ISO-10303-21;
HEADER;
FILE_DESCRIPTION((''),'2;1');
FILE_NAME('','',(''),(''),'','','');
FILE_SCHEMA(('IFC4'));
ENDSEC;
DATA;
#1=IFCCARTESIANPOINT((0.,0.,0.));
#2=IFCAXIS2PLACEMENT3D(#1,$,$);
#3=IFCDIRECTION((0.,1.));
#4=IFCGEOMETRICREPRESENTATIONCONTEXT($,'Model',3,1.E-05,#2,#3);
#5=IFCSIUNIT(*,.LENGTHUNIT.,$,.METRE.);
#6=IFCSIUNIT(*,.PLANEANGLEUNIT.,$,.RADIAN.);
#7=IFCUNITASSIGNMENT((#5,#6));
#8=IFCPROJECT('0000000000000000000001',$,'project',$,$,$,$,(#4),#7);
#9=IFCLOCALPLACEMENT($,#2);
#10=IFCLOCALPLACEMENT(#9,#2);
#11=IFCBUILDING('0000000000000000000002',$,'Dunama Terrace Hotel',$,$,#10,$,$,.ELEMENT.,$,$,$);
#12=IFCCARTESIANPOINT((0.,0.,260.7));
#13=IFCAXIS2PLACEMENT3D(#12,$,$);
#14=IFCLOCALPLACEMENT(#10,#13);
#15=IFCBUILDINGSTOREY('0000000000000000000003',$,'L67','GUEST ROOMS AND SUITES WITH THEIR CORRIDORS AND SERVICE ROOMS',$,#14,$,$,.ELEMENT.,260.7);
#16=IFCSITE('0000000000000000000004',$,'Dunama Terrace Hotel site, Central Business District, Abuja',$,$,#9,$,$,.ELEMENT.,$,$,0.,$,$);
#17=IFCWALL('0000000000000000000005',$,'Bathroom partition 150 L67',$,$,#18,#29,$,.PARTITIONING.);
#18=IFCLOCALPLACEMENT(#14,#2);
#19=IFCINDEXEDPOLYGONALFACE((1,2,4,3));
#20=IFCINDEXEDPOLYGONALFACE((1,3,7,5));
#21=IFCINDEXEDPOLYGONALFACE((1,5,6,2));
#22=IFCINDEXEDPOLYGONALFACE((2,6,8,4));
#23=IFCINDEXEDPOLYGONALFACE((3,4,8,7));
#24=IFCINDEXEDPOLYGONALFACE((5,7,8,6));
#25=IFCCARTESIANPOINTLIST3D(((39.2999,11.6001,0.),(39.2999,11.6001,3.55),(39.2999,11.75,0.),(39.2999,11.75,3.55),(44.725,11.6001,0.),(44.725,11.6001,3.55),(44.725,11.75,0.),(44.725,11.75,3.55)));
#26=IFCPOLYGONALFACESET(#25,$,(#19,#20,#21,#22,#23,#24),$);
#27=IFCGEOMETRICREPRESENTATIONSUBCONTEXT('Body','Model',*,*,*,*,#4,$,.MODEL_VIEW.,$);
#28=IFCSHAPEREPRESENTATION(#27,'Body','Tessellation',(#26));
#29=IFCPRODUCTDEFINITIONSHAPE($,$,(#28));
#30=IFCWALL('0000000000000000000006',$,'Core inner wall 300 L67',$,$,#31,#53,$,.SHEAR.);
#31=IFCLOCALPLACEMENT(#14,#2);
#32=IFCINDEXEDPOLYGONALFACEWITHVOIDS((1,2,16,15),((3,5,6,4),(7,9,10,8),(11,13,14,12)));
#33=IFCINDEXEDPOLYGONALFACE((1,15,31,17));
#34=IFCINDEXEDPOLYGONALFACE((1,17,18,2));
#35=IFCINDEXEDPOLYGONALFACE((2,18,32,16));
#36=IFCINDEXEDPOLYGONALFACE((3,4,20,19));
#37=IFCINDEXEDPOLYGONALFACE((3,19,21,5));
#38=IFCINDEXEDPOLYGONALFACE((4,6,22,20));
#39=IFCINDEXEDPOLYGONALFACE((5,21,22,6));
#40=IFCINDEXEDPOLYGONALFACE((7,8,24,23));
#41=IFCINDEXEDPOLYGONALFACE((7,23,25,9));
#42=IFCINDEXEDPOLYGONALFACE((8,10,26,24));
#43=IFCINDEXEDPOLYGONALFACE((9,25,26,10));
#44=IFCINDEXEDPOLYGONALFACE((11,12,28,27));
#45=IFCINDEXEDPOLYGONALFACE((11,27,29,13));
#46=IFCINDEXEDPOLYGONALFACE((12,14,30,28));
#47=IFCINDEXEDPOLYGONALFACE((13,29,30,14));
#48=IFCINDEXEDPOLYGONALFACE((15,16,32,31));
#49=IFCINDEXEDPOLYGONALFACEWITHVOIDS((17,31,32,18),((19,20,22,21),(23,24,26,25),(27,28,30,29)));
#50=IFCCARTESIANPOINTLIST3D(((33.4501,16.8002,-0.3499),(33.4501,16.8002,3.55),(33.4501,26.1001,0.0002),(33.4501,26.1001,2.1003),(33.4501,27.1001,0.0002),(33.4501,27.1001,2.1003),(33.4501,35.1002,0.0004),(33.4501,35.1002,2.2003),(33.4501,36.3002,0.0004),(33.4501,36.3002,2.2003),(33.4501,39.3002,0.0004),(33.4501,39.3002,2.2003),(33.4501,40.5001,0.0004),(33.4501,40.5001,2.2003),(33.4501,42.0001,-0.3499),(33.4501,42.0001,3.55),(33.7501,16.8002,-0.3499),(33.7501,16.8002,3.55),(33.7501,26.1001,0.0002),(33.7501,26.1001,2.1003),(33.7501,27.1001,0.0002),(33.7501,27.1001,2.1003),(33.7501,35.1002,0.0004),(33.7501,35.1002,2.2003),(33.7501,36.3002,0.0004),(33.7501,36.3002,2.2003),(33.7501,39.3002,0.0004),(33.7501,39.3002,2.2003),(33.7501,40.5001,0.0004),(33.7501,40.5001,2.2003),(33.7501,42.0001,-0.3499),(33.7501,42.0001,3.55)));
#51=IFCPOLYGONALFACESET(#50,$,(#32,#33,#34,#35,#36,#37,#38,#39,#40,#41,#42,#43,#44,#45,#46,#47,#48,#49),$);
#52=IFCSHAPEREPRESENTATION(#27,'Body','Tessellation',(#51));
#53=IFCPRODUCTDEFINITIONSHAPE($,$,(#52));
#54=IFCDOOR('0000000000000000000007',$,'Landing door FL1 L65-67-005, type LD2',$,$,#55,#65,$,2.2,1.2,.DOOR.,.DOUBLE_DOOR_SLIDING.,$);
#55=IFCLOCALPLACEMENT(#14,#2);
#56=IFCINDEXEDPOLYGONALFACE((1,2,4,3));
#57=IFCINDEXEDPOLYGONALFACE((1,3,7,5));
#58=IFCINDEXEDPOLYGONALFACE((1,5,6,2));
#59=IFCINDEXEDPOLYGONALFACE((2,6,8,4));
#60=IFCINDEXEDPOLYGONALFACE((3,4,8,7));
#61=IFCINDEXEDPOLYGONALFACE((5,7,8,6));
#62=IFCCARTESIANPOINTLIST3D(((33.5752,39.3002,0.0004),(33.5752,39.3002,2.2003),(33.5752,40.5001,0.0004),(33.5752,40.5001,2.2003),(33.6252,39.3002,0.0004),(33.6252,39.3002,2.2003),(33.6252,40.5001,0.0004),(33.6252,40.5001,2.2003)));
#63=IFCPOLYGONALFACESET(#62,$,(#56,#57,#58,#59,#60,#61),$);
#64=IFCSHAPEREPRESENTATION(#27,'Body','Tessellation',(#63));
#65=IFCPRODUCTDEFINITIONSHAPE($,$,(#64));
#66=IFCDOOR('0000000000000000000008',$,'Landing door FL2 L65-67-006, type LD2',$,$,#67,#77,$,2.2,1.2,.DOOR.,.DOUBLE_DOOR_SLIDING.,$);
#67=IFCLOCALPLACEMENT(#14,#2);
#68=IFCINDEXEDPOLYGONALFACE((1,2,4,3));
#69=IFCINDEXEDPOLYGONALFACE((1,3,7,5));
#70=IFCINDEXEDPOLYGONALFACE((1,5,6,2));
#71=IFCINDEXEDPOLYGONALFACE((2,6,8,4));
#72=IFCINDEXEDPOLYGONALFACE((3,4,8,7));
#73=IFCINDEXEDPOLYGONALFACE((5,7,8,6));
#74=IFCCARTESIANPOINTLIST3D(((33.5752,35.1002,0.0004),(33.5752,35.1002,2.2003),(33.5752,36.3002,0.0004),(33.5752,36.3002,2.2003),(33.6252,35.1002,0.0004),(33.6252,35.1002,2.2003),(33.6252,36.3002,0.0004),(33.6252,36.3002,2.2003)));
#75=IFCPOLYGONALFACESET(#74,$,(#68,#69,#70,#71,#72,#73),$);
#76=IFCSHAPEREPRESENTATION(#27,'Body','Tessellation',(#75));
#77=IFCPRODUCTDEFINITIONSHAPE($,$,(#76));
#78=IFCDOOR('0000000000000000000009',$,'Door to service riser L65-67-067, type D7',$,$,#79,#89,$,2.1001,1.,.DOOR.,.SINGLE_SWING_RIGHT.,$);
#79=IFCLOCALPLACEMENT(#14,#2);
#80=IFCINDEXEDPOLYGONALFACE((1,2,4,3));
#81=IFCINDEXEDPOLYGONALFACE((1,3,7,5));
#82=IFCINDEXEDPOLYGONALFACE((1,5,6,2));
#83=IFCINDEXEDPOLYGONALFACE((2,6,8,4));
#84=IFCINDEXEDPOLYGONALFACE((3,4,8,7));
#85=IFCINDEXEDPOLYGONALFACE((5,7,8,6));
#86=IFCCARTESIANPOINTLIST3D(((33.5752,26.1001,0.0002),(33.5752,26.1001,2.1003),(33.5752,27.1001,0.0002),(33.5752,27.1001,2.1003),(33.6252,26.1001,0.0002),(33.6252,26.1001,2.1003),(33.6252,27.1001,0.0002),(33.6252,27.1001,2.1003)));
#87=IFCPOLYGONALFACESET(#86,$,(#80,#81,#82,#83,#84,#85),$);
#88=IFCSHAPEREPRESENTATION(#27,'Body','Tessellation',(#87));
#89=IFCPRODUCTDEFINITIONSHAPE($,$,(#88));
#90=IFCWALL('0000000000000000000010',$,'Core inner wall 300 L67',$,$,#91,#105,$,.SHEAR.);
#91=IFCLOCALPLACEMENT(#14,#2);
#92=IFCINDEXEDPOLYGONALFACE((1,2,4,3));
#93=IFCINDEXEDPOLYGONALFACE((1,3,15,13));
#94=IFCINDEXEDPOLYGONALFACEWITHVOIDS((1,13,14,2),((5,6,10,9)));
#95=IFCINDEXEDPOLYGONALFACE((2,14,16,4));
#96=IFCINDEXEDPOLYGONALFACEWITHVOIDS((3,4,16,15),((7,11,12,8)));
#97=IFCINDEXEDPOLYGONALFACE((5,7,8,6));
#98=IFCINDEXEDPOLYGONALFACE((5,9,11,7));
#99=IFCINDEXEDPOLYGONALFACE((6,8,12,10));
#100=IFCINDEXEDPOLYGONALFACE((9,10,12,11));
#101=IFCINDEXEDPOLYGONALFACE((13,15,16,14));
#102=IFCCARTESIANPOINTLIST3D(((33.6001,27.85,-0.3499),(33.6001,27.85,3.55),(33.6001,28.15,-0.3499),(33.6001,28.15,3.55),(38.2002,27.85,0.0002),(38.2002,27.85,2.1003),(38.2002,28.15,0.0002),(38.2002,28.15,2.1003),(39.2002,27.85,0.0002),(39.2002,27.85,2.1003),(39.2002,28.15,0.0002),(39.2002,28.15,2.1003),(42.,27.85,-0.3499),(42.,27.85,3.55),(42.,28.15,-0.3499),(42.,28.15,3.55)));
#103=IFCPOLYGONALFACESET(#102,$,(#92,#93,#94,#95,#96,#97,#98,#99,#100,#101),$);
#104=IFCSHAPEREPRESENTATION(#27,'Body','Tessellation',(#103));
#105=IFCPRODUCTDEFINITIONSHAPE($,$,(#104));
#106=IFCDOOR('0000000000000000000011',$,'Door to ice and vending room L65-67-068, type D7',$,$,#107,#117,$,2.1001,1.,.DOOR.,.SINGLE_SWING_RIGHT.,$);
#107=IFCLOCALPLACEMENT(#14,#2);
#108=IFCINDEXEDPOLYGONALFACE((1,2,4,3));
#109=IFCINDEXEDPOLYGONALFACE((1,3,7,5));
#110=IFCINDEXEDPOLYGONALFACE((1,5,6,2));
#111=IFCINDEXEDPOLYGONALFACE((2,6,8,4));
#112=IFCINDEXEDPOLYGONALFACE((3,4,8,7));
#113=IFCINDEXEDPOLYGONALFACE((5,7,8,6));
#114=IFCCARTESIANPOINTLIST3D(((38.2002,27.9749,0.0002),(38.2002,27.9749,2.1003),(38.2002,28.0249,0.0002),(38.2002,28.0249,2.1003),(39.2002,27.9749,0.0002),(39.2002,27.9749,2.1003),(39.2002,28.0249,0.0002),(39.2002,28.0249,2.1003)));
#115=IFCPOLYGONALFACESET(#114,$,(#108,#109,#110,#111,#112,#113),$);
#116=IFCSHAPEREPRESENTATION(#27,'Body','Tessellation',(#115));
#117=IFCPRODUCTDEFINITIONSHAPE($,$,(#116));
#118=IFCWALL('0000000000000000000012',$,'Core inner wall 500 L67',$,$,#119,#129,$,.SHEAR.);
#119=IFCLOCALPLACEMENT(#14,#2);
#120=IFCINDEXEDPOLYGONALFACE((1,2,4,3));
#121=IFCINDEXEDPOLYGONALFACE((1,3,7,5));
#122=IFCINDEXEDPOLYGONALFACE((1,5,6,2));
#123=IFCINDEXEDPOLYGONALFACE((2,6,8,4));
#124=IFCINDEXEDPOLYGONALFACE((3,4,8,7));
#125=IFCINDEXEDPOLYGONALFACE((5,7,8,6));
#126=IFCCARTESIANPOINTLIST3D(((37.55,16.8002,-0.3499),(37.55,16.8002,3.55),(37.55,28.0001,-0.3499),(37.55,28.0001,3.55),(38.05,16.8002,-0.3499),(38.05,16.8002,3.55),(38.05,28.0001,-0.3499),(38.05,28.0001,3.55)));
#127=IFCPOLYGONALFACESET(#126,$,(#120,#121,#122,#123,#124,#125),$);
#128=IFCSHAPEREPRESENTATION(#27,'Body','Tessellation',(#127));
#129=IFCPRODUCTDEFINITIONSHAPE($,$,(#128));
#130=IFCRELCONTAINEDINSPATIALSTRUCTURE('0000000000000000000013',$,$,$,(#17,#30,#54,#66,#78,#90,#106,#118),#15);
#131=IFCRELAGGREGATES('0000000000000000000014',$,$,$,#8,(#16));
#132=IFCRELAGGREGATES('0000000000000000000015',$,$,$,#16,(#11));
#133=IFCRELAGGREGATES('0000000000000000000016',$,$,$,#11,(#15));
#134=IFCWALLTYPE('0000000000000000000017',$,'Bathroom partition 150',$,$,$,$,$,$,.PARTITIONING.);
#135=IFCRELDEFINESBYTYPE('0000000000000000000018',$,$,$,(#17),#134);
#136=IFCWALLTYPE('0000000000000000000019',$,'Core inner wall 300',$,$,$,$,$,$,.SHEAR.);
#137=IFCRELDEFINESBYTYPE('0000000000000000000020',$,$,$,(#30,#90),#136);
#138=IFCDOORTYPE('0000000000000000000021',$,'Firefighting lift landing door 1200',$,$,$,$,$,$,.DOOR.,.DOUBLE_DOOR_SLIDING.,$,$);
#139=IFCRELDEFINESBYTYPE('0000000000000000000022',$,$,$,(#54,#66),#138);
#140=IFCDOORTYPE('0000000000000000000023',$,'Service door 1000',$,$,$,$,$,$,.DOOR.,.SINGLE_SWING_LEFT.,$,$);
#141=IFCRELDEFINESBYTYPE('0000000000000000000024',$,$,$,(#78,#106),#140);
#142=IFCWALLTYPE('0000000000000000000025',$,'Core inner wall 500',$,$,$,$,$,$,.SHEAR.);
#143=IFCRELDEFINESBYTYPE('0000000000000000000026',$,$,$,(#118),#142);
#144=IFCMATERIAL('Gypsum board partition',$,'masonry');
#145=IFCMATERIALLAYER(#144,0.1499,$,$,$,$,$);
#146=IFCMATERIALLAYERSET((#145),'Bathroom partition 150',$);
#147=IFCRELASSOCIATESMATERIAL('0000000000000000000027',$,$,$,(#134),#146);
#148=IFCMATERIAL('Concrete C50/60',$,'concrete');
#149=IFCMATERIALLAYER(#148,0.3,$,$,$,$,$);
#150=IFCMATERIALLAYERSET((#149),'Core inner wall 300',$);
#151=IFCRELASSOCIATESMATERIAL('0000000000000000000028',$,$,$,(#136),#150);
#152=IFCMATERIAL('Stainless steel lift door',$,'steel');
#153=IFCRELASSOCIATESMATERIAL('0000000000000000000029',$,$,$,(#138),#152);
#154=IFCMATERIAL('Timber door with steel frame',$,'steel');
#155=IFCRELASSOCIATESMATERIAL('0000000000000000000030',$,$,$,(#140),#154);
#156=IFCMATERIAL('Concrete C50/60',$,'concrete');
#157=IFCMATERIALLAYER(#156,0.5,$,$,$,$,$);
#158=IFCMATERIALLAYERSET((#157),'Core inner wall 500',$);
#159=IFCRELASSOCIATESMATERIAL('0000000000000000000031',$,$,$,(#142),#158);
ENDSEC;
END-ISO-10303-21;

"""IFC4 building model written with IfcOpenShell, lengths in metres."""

from ifc_helpers import new_model, si_unit, direction, frame, frame_2d, origin, place, context, subcontext, project, spatial, rectangle, extrude, material, layer, layer_set, type_object, element, fill, save


model = new_model("IFC4")

# Units and contexts
model_context = context("Model", 3, precision=1e-05, world=origin(), true_north=direction((0.0, 1.0)))
body_context = subcontext(model_context, "Body", "Model", "MODEL_VIEW")
ifc_project = project(units=[si_unit("LENGTHUNIT", "METRE"), si_unit("PLANEANGLEUNIT", "RADIAN")], contexts=[model_context])

# Site, building, storey
site_placement = place(None, origin())
site = spatial("IfcSite", under=ifc_project, at=site_placement, Name="Dunama Terrace Hotel site, Central Business District, Abuja", CompositionType="ELEMENT", RefElevation=0.0)
building_placement = place(site_placement, origin())
building = spatial("IfcBuilding", under=site, at=building_placement, Name="Dunama Terrace Hotel", CompositionType="ELEMENT")
storey_placement = place(building_placement, frame((0.0, 0.0, 260.7)))
storey = spatial("IfcBuildingStorey", under=building, at=storey_placement, Name="L67", Description="GUEST ROOMS AND SUITES WITH THEIR CORRIDORS AND SERVICE ROOMS", CompositionType="ELEMENT", Elevation=260.7)

# Wall
ifc_material_1 = material(Name="Gypsum board partition", Category="masonry")
ifc_layer_1 = layer(ifc_material_1, 0.1499)
ifc_layer_set_1 = layer_set([ifc_layer_1], Name="Bathroom partition 150")
wall_type_1 = type_object("IfcWallType", Name="Bathroom partition 150", PredefinedType="PARTITIONING", material=ifc_layer_set_1)
wall_1_placement = place(storey_placement, frame((39.3, 11.675, 0.0), z_axis=(0.0, 0.0, 1.0), x_axis=(1.0, 0.0, 0.0)))
element("IfcWall", 1, at=wall_1_placement, inside=storey, type_object=wall_type_1, Name="Bathroom partition 150 L67", PredefinedType="PARTITIONING", context=body_context, shape_type="SweptSolid", body=[
    extrude(rectangle(XDim=5.425, YDim=0.1499, at=frame_2d((2.7124, 0.0))), origin(), (0.0, 0.0, 1.0), 3.55),
])

# Wall, openings, doors
ifc_material_2 = material(Name="Concrete C50/60", Category="concrete")
ifc_layer_2 = layer(ifc_material_2, 0.3)
ifc_layer_set_2 = layer_set([ifc_layer_2], Name="Core inner wall 300")
wall_type_2 = type_object("IfcWallType", Name="Core inner wall 300", PredefinedType="SHEAR", material=ifc_layer_set_2)
wall_2_placement = place(storey_placement, frame((33.6001, 16.8, -0.3499), z_axis=(0.0, 0.0, 1.0), x_axis=(0.0, 1.0, 0.0)))
wall_2 = element("IfcWall", 2, at=wall_2_placement, inside=storey, type_object=wall_type_2, Name="Core inner wall 300 L67", PredefinedType="SHEAR", context=body_context, shape_type="SweptSolid", body=[
    extrude(rectangle(XDim=25.2, YDim=0.3, at=frame_2d((12.6001, 0.0))), origin(), (0.0, 0.0, 1.0), 3.8999),
])
opening_1_placement = place(wall_2_placement, frame((22.5, 0.0, 0.3501)))
opening_1 = element("IfcOpeningElement", 3, at=opening_1_placement, cuts=wall_2, PredefinedType="OPENING", context=body_context, shape_type="SweptSolid", body=[
    extrude(rectangle(XDim=1.2, YDim=2.2, at=frame_2d((0.6001, 1.1001))), frame((0.0, 0.1599, 0.0), z_axis=(0.0, -1.0, 0.0), x_axis=(1.0, 0.0, 0.0)), (0.0, 0.0, 1.0), 0.3201),
])
opening_2_placement = place(wall_2_placement, frame((18.3, 0.0, 0.3501)))
opening_2 = element("IfcOpeningElement", 4, at=opening_2_placement, cuts=wall_2, PredefinedType="OPENING", context=body_context, shape_type="SweptSolid", body=[
    extrude(rectangle(XDim=1.2, YDim=2.2, at=frame_2d((0.6001, 1.1001))), frame((0.0, 0.1599, 0.0), z_axis=(0.0, -1.0, 0.0), x_axis=(1.0, 0.0, 0.0)), (0.0, 0.0, 1.0), 0.3201),
])
opening_3_placement = place(wall_2_placement, frame((9.3, 0.0, 0.3501)))
opening_3 = element("IfcOpeningElement", 5, at=opening_3_placement, cuts=wall_2, PredefinedType="OPENING", context=body_context, shape_type="SweptSolid", body=[
    extrude(rectangle(XDim=1.0, YDim=2.1001, at=frame_2d((0.5, 1.05))), frame((0.0, 0.1599, 0.0), z_axis=(0.0, -1.0, 0.0), x_axis=(1.0, 0.0, 0.0)), (0.0, 0.0, 1.0), 0.3201),
])
ifc_material_3 = material(Name="Stainless steel lift door", Category="steel")
door_type_1 = type_object("IfcDoorType", Name="Firefighting lift landing door 1200", OperationType="DOUBLE_DOOR_SLIDING", PredefinedType="DOOR", material=ifc_material_3)
door_1_placement = place(opening_1_placement, origin())
door_1 = element("IfcDoor", 6, at=door_1_placement, inside=storey, type_object=door_type_1, Name="Landing door FL1 L65-67-005, type LD2", OperationType="DOUBLE_DOOR_SLIDING", OverallHeight=2.2, OverallWidth=1.2, PredefinedType="DOOR", context=body_context, shape_type="SweptSolid", body=[
    extrude(rectangle(XDim=1.2, YDim=2.2, at=frame_2d((0.6001, 1.1001))), frame((0.0, 0.0249, 0.0), z_axis=(0.0, -1.0, 0.0), x_axis=(1.0, 0.0, 0.0)), (0.0, 0.0, 1.0), 0.05),
])
fill(opening_1, door_1)
door_2_placement = place(opening_2_placement, origin())
door_2 = element("IfcDoor", 7, at=door_2_placement, inside=storey, type_object=door_type_1, Name="Landing door FL2 L65-67-006, type LD2", OperationType="DOUBLE_DOOR_SLIDING", OverallHeight=2.2, OverallWidth=1.2, PredefinedType="DOOR", context=body_context, shape_type="SweptSolid", body=[
    extrude(rectangle(XDim=1.2, YDim=2.2, at=frame_2d((0.6001, 1.1001))), frame((0.0, 0.0249, 0.0), z_axis=(0.0, -1.0, 0.0), x_axis=(1.0, 0.0, 0.0)), (0.0, 0.0, 1.0), 0.05),
])
fill(opening_2, door_2)
ifc_material_4 = material(Name="Timber door with steel frame", Category="steel")
door_type_2 = type_object("IfcDoorType", Name="Service door 1000", OperationType="SINGLE_SWING_LEFT", PredefinedType="DOOR", material=ifc_material_4)
door_3_placement = place(opening_3_placement, frame((1.0, 0.0, 0.0), z_axis=(0.0, 0.0, 1.0), x_axis=(-1.0, 0.0, 0.0)))
door_3 = element("IfcDoor", 8, at=door_3_placement, inside=storey, type_object=door_type_2, Name="Door to service riser L65-67-067, type D7", OperationType="SINGLE_SWING_RIGHT", OverallHeight=2.1001, OverallWidth=1.0, PredefinedType="DOOR", context=body_context, shape_type="SweptSolid", body=[
    extrude(rectangle(XDim=1.0, YDim=2.1001, at=frame_2d((0.5, 1.05))), frame((0.0, 0.0251, 0.0), z_axis=(0.0, -1.0, 0.0), x_axis=(1.0, 0.0, 0.0)), (0.0, 0.0, 1.0), 0.05),
])
fill(opening_3, door_3)

# Wall, opening, door
wall_3_placement = place(storey_placement, frame((33.6001, 28.0, -0.3499), z_axis=(0.0, 0.0, 1.0), x_axis=(1.0, 0.0, 0.0)))
wall_3 = element("IfcWall", 9, at=wall_3_placement, inside=storey, type_object=wall_type_2, Name="Core inner wall 300 L67", PredefinedType="SHEAR", context=body_context, shape_type="SweptSolid", body=[
    extrude(rectangle(XDim=8.3999, YDim=0.3, at=frame_2d((4.2, 0.0))), origin(), (0.0, 0.0, 1.0), 3.8999),
])
opening_4_placement = place(wall_3_placement, frame((4.6001, 0.0, 0.3501)))
opening_4 = element("IfcOpeningElement", 10, at=opening_4_placement, cuts=wall_3, PredefinedType="OPENING", context=body_context, shape_type="SweptSolid", body=[
    extrude(rectangle(XDim=1.0, YDim=2.1001, at=frame_2d((0.5, 1.05))), frame((0.0, 0.1599, 0.0), z_axis=(0.0, -1.0, 0.0), x_axis=(1.0, 0.0, 0.0)), (0.0, 0.0, 1.0), 0.3201),
])
door_4_placement = place(opening_4_placement, frame((1.0, 0.0, 0.0), z_axis=(0.0, 0.0, 1.0), x_axis=(-1.0, 0.0, 0.0)))
door_4 = element("IfcDoor", 11, at=door_4_placement, inside=storey, type_object=door_type_2, Name="Door to ice and vending room L65-67-068, type D7", OperationType="SINGLE_SWING_RIGHT", OverallHeight=2.1001, OverallWidth=1.0, PredefinedType="DOOR", context=body_context, shape_type="SweptSolid", body=[
    extrude(rectangle(XDim=1.0, YDim=2.1001, at=frame_2d((0.5, 1.05))), frame((0.0, 0.0251, 0.0), z_axis=(0.0, -1.0, 0.0), x_axis=(1.0, 0.0, 0.0)), (0.0, 0.0, 1.0), 0.05),
])
fill(opening_4, door_4)

# Wall
ifc_material_5 = material(Name="Concrete C50/60", Category="concrete")
ifc_layer_3 = layer(ifc_material_5, 0.5)
ifc_layer_set_3 = layer_set([ifc_layer_3], Name="Core inner wall 500")
wall_type_3 = type_object("IfcWallType", Name="Core inner wall 500", PredefinedType="SHEAR", material=ifc_layer_set_3)
wall_4_placement = place(storey_placement, frame((37.8, 16.8, -0.3499), z_axis=(0.0, 0.0, 1.0), x_axis=(0.0, 1.0, 0.0)))
element("IfcWall", 12, at=wall_4_placement, inside=storey, type_object=wall_type_3, Name="Core inner wall 500 L67", PredefinedType="SHEAR", context=body_context, shape_type="SweptSolid", body=[
    extrude(rectangle(XDim=11.2, YDim=0.5, at=frame_2d((5.6001, 0.0))), origin(), (0.0, 0.0, 1.0), 3.8999),
])

save(model, "model.ifc")
